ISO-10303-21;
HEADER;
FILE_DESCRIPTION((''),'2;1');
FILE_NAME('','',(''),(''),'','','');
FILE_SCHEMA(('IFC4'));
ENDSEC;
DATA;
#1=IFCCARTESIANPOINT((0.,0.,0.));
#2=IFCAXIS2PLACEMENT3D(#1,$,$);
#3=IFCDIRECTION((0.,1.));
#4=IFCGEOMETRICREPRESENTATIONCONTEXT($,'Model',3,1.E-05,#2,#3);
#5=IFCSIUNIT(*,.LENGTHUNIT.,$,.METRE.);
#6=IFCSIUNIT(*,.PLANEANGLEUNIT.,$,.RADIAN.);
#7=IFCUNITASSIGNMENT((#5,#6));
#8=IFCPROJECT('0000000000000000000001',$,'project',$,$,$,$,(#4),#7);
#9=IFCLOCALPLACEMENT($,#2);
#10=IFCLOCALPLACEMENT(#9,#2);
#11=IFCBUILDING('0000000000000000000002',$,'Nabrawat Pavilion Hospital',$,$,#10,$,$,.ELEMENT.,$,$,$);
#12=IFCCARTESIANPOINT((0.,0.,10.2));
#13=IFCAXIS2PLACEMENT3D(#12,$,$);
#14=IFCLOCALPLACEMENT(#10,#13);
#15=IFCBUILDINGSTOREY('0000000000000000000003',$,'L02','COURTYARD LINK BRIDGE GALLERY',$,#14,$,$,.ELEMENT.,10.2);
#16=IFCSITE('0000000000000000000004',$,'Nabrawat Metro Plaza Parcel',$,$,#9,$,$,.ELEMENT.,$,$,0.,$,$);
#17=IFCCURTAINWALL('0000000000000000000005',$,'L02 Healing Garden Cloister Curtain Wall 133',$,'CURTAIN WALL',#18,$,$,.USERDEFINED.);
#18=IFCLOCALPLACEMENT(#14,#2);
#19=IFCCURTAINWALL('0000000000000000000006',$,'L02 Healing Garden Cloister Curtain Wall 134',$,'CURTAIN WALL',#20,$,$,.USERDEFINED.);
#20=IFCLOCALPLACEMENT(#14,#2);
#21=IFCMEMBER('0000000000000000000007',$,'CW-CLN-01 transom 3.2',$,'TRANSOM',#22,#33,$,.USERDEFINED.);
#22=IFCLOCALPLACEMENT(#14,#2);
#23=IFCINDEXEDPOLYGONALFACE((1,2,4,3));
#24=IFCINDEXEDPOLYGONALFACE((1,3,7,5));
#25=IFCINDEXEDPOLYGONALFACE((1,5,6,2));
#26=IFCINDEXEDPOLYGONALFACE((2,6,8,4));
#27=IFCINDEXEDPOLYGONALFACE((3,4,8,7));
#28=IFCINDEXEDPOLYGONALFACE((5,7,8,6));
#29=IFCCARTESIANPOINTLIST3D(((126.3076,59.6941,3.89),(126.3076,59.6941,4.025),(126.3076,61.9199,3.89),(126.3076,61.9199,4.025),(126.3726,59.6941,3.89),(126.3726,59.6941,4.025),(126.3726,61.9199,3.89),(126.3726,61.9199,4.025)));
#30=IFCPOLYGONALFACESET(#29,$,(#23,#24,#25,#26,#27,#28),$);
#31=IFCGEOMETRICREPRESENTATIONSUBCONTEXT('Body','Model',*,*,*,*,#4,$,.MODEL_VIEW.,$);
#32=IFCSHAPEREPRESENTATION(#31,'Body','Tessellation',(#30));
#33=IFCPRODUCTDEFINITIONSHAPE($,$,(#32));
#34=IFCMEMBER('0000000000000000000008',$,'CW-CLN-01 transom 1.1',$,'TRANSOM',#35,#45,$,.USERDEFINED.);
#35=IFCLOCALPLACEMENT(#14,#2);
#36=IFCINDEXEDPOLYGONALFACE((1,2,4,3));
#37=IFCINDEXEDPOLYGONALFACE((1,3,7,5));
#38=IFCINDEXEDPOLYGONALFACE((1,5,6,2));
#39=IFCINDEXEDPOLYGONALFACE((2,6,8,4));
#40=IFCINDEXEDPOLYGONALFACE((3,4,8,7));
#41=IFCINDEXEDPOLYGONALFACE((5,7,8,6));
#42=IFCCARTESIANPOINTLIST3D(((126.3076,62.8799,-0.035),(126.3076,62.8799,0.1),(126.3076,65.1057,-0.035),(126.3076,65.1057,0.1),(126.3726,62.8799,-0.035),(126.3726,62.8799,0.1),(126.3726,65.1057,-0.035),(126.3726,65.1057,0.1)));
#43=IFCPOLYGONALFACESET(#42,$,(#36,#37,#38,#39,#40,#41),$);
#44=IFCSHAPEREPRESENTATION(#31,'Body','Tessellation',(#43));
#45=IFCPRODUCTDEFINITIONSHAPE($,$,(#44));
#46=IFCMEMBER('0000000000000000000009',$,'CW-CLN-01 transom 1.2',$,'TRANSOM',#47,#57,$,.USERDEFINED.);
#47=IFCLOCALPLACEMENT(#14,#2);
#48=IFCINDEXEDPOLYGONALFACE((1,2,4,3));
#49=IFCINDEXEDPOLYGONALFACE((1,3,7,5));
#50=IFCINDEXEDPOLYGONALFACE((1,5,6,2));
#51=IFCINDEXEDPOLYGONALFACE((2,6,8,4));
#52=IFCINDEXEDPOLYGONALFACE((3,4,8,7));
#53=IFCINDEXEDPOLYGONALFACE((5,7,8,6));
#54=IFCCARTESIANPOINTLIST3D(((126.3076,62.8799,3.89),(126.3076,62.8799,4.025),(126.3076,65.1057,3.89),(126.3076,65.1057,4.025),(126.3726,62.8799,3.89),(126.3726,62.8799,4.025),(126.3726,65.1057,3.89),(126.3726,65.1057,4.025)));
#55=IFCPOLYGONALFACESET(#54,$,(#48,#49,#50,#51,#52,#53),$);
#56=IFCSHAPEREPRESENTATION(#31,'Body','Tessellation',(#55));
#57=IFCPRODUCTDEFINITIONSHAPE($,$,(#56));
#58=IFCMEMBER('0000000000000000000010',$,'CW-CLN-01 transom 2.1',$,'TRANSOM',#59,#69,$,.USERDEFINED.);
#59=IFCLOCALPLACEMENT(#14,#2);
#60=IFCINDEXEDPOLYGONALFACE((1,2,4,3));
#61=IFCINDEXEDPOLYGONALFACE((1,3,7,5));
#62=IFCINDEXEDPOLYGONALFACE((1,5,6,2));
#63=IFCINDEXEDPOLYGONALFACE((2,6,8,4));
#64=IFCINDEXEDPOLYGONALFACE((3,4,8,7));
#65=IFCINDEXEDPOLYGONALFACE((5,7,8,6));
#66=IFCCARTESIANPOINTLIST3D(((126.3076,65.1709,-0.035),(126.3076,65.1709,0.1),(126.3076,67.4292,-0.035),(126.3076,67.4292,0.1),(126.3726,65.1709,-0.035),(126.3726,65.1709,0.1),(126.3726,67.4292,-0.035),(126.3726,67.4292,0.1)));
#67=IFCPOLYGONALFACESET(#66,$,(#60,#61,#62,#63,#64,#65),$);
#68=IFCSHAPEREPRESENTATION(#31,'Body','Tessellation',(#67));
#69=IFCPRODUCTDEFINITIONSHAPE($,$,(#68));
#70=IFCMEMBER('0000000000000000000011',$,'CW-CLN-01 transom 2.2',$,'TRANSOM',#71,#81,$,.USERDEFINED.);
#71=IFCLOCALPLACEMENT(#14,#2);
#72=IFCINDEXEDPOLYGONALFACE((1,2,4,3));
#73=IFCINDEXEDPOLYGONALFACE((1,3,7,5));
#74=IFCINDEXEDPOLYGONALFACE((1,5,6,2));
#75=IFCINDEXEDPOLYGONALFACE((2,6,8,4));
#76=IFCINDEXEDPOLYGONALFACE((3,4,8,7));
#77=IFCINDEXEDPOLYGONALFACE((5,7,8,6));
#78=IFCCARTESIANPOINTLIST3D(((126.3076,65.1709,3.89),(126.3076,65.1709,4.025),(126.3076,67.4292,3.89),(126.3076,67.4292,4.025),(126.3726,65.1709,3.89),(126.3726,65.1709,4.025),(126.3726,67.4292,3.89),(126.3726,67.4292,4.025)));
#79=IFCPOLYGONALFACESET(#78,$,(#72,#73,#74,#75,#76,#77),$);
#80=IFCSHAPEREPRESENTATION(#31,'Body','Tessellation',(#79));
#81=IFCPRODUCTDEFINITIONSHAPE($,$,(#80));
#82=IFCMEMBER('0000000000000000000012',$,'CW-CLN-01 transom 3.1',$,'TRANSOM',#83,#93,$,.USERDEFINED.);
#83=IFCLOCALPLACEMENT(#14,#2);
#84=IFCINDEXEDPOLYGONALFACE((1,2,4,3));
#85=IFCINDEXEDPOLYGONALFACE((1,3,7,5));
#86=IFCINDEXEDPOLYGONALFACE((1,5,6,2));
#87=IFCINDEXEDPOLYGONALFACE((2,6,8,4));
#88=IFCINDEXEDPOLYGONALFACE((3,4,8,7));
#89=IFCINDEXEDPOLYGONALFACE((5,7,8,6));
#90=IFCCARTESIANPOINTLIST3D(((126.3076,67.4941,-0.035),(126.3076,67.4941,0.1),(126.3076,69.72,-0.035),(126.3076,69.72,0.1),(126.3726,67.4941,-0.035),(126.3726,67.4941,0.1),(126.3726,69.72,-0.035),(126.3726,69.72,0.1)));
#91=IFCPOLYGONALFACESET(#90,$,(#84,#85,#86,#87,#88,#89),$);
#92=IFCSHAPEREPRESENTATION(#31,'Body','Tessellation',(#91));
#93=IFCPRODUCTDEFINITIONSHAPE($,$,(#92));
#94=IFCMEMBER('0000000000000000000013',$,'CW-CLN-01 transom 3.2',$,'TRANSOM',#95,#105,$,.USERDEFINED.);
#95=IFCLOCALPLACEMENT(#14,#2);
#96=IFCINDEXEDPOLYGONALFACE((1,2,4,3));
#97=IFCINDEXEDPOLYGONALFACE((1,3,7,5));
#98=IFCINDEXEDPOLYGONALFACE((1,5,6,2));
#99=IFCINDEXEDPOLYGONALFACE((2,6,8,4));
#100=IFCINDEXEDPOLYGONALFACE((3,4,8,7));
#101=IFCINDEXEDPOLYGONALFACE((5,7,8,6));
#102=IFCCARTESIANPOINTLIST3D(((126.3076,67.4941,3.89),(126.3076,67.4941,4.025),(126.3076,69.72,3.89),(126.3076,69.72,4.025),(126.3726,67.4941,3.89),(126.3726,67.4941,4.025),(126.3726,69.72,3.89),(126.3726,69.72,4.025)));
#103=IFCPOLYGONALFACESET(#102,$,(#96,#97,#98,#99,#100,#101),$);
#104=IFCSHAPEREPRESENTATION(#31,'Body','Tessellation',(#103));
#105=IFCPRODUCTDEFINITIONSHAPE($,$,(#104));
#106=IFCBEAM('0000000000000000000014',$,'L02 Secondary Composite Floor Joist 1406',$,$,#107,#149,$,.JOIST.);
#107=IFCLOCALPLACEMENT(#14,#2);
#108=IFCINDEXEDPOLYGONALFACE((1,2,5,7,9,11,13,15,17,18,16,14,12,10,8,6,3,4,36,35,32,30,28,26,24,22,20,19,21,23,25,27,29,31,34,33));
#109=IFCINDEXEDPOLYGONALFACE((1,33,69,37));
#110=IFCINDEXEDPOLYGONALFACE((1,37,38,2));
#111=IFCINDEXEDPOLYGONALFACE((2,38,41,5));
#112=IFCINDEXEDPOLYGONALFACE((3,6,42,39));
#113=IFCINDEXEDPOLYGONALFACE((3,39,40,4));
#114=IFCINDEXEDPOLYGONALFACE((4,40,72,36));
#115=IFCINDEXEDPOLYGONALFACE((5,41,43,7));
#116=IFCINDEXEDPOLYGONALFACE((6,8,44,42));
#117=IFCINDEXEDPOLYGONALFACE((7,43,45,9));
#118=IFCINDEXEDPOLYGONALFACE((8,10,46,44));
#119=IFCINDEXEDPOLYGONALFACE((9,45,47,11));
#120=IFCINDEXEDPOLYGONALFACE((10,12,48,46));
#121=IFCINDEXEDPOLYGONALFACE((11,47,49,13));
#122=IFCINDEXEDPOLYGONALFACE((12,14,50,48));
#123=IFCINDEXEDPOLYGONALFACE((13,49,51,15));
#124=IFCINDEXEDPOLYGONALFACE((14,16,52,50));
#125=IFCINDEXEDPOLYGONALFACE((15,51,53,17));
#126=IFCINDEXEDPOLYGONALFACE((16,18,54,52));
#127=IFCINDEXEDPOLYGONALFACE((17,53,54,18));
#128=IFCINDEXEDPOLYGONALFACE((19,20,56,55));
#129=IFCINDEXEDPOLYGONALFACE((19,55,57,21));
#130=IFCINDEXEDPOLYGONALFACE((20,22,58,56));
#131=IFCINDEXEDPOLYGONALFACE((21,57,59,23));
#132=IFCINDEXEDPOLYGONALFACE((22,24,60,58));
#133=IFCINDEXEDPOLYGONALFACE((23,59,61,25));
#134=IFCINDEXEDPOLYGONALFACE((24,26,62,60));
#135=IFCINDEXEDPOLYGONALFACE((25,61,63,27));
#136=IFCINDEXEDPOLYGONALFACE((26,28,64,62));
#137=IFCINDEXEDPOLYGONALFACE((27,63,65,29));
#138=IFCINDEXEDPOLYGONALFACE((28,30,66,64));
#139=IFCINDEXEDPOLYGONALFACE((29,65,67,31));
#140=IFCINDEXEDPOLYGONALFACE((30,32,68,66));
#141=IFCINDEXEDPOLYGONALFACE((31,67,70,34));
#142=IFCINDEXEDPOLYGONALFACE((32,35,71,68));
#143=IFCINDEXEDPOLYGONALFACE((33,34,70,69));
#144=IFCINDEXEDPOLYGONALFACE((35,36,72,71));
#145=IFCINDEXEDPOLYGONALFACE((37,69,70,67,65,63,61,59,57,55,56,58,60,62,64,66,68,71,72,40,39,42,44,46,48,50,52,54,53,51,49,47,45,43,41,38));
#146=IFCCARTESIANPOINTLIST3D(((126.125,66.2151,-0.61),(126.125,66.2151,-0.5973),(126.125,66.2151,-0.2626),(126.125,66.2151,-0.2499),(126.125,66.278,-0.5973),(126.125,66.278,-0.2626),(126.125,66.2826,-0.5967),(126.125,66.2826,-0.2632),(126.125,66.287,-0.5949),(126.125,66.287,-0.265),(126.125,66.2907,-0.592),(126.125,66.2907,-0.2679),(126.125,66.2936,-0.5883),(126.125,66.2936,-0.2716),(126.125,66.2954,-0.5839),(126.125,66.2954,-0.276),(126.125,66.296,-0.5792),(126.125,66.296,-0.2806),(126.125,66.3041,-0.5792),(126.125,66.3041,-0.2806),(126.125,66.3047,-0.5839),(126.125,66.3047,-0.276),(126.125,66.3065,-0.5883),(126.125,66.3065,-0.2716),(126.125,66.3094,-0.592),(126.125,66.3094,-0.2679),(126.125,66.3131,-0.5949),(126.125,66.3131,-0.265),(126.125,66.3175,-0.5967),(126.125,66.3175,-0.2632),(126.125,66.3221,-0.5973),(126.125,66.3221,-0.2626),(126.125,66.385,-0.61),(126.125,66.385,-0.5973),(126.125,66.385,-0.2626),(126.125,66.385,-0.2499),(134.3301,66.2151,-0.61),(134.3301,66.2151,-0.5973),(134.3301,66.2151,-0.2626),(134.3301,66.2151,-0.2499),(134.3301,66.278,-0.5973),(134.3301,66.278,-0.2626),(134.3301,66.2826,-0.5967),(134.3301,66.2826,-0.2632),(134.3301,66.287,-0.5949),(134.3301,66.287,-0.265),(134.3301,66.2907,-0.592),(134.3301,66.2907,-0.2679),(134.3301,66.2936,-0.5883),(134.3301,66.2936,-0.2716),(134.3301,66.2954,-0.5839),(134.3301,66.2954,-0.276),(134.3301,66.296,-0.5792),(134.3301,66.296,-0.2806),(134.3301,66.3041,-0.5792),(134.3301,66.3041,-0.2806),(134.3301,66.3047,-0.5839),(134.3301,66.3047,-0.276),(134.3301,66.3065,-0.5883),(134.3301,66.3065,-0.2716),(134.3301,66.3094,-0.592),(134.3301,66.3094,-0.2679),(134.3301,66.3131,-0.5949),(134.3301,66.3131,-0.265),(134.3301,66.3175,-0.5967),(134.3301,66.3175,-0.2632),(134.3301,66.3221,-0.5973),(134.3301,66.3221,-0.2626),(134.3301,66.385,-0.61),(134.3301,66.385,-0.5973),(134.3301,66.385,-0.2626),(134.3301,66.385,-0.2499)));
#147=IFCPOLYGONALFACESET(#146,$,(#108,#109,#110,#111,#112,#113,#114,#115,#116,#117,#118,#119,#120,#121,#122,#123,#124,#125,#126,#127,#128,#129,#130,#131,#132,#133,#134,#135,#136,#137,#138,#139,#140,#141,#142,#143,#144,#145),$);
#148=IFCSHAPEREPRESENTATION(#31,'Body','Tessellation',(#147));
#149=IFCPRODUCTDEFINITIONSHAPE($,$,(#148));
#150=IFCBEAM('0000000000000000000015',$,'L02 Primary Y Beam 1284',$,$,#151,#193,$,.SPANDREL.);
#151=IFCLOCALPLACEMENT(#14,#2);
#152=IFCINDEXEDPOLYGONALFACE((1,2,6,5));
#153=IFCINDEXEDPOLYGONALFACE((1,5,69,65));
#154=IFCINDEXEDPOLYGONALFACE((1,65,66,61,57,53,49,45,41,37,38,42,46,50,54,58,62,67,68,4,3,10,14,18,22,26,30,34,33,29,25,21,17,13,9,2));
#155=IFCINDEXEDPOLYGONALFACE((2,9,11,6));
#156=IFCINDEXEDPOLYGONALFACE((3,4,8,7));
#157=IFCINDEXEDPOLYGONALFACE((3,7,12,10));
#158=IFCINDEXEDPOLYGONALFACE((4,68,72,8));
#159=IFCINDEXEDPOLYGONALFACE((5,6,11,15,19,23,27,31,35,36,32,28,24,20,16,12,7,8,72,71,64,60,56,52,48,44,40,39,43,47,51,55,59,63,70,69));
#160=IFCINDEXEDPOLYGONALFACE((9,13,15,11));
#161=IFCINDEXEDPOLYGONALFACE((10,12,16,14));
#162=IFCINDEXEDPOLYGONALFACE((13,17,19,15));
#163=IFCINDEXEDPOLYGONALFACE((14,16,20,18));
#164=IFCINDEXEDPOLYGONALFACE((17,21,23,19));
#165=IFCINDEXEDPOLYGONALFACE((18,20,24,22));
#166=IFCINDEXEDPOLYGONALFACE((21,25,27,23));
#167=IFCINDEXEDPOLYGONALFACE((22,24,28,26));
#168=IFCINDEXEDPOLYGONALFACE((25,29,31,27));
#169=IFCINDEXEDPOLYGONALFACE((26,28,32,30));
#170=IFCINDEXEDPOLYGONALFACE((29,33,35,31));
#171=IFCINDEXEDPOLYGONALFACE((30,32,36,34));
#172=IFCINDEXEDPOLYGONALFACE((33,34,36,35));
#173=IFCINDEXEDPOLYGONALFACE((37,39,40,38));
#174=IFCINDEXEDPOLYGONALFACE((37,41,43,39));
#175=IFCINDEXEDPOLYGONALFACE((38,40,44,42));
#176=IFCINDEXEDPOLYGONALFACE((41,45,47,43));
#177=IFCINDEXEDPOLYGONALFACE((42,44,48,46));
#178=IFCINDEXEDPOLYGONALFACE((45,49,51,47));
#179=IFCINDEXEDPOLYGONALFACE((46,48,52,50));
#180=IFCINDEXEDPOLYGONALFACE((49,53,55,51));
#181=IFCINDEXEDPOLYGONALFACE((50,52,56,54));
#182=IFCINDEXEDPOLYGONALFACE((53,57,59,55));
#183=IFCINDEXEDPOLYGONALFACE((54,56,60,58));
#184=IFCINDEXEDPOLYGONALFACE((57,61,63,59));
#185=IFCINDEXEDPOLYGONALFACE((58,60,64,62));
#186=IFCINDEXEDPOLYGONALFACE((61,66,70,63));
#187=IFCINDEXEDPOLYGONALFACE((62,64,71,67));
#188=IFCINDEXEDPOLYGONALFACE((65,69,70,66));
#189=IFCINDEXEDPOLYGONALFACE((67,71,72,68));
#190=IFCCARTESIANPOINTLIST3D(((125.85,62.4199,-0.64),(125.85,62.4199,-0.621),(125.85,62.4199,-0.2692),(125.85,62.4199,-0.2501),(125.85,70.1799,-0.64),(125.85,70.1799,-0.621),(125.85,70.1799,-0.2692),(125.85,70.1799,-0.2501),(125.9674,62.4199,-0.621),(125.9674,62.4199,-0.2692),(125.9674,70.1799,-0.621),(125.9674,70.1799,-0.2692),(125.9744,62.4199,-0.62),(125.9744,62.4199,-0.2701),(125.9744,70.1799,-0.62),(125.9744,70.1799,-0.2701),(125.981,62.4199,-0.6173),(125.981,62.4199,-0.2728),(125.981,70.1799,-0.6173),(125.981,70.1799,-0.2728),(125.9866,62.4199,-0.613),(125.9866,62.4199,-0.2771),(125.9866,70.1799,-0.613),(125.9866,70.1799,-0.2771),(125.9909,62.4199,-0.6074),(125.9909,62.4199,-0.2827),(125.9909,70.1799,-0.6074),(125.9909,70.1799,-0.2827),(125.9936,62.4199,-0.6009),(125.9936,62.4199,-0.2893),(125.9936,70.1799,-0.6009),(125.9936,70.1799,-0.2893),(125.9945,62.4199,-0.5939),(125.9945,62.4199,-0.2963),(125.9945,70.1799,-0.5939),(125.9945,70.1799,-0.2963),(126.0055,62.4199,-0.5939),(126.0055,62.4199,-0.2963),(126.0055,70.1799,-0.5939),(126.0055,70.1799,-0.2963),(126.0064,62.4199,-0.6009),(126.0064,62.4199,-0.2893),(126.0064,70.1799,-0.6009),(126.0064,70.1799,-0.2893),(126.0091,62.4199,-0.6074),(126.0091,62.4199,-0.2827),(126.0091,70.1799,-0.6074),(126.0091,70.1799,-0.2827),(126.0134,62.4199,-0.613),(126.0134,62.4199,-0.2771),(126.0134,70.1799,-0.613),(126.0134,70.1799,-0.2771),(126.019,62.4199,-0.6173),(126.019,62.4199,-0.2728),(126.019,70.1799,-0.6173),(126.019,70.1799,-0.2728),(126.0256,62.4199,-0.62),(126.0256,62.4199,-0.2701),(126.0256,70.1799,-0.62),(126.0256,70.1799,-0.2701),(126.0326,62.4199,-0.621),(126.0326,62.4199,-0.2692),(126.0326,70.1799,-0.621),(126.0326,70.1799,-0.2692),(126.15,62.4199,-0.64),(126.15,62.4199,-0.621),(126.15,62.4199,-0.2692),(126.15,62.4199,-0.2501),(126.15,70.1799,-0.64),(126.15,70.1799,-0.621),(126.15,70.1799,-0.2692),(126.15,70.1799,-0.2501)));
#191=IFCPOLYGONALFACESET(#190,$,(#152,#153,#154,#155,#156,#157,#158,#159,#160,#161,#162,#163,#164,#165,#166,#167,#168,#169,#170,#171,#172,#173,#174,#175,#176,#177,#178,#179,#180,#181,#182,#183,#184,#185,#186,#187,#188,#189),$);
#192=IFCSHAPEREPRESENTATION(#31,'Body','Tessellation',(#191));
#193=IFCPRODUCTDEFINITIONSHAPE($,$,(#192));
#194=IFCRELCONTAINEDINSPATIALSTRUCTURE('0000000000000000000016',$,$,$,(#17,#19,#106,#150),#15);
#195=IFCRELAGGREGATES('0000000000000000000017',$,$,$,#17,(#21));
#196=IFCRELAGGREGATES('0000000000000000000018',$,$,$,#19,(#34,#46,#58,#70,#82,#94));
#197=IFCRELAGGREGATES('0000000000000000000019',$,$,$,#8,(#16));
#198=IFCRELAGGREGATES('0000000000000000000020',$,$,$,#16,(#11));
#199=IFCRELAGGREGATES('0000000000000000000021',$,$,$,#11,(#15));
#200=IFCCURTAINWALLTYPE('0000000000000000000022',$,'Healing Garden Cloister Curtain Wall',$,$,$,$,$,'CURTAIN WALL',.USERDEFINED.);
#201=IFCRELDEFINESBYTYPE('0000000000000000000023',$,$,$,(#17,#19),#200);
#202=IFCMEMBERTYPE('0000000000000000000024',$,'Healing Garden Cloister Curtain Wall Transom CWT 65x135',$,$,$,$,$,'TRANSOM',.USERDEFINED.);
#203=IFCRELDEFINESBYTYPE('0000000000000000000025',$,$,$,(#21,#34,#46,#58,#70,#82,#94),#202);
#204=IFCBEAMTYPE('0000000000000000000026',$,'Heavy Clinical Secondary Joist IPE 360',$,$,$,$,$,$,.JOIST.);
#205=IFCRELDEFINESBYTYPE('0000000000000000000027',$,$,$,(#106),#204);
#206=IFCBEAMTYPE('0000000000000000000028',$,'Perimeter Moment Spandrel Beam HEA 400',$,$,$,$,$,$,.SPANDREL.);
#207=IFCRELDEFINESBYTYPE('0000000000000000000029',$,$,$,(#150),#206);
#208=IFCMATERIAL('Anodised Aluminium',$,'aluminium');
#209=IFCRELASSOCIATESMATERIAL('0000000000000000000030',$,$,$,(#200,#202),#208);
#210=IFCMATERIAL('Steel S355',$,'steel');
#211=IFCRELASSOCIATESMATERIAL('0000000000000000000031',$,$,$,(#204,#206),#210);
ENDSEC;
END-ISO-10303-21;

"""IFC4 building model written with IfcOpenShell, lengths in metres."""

from ifc_helpers import new_model, si_unit, direction, frame, origin, origin_2d, place, context, subcontext, project, spatial, rectangle, i_section, extrude, material, material_profile, profile_set, type_object, element, aggregate, save


model = new_model("IFC4")

# Units and contexts
model_context = context("Model", 3, precision=1e-05, world=origin(), true_north=direction((0.0, 1.0)))
body_context = subcontext(model_context, "Body", "Model", "MODEL_VIEW")
ifc_project = project(units=[si_unit("LENGTHUNIT", "METRE"), si_unit("PLANEANGLEUNIT", "RADIAN")], contexts=[model_context])

# Site, building, storey
site_placement = place(None, origin())
site = spatial("IfcSite", under=ifc_project, at=site_placement, Name="Nabrawat Metro Plaza Parcel", CompositionType="ELEMENT", RefElevation=0.0)
building_placement = place(site_placement, origin())
building = spatial("IfcBuilding", under=site, at=building_placement, Name="Nabrawat Pavilion Hospital", CompositionType="ELEMENT")
storey_placement = place(building_placement, frame((0.0, 0.0, 10.2)))
storey = spatial("IfcBuildingStorey", under=building, at=storey_placement, Name="L02", Description="COURTYARD LINK BRIDGE GALLERY", CompositionType="ELEMENT", Elevation=10.2)

# Shared definitions
ifc_material_1 = material(Name="Steel S355", Category="steel")

# Curtain walls
ifc_material_2 = material(Name="Anodised Aluminium", Category="aluminium")
curtain_wall_type = type_object("IfcCurtainWallType", Name="Healing Garden Cloister Curtain Wall", ElementType="CURTAIN WALL", PredefinedType="USERDEFINED", material=ifc_material_2)
curtain_wall_1_placement = place(storey_placement, origin())
curtain_wall_1 = element("IfcCurtainWall", 1, at=curtain_wall_1_placement, inside=storey, type_object=curtain_wall_type, Name="L02 Healing Garden Cloister Curtain Wall 133", ObjectType="CURTAIN WALL", PredefinedType="USERDEFINED")
curtain_wall_2_placement = place(storey_placement, origin())
curtain_wall_2 = element("IfcCurtainWall", 2, at=curtain_wall_2_placement, inside=storey, type_object=curtain_wall_type, Name="L02 Healing Garden Cloister Curtain Wall 134", ObjectType="CURTAIN WALL", PredefinedType="USERDEFINED")

# Members
ifc_material_profile_1 = material_profile(ifc_material_2, rectangle(XDim=0.0649, YDim=0.135, at=origin_2d()), Name="CWT 65x135")
ifc_profile_set_1 = profile_set([ifc_material_profile_1], Name="Anodised Aluminium")
member_type_1 = type_object("IfcMemberType", Name="Healing Garden Cloister Curtain Wall Transom CWT 65x135", ElementType="TRANSOM", PredefinedType="USERDEFINED", material=ifc_profile_set_1)
member_1_placement = place(storey_placement, frame((126.3401, 59.6941, 3.9575), z_axis=(0.0, 1.0, 0.0), x_axis=(-1.0, 0.0, 0.0)))
member_1 = element("IfcMember", 3, at=member_1_placement, type_object=member_type_1, Name="CW-CLN-01 transom 3.2", ObjectType="TRANSOM", PredefinedType="USERDEFINED", context=body_context, shape_type="SweptSolid", body=[
    extrude(rectangle(XDim=0.0649, YDim=0.135, at=origin_2d()), origin(), (0.0, 0.0, 1.0), 2.2258),
])
member_2_placement = place(storey_placement, frame((126.3401, 62.8799, 0.0325), z_axis=(0.0, 1.0, 0.0), x_axis=(-1.0, 0.0, 0.0)))
member_2 = element("IfcMember", 4, at=member_2_placement, type_object=member_type_1, Name="CW-CLN-01 transom 1.1", ObjectType="TRANSOM", PredefinedType="USERDEFINED", context=body_context, shape_type="SweptSolid", body=[
    extrude(rectangle(XDim=0.0649, YDim=0.135, at=origin_2d()), origin(), (0.0, 0.0, 1.0), 2.2258),
])
member_3_placement = place(storey_placement, frame((126.3401, 62.8799, 3.9575), z_axis=(0.0, 1.0, 0.0), x_axis=(-1.0, 0.0, 0.0)))
member_3 = element("IfcMember", 5, at=member_3_placement, type_object=member_type_1, Name="CW-CLN-01 transom 1.2", ObjectType="TRANSOM", PredefinedType="USERDEFINED", context=body_context, shape_type="SweptSolid", body=[
    extrude(rectangle(XDim=0.0649, YDim=0.135, at=origin_2d()), origin(), (0.0, 0.0, 1.0), 2.2258),
])
member_4_placement = place(storey_placement, frame((126.3401, 65.1709, 0.0325), z_axis=(0.0, 1.0, 0.0), x_axis=(-1.0, 0.0, 0.0)))
member_4 = element("IfcMember", 6, at=member_4_placement, type_object=member_type_1, Name="CW-CLN-01 transom 2.1", ObjectType="TRANSOM", PredefinedType="USERDEFINED", context=body_context, shape_type="SweptSolid", body=[
    extrude(rectangle(XDim=0.0649, YDim=0.135, at=origin_2d()), origin(), (0.0, 0.0, 1.0), 2.2583),
])
member_5_placement = place(storey_placement, frame((126.3401, 65.1709, 3.9575), z_axis=(0.0, 1.0, 0.0), x_axis=(-1.0, 0.0, 0.0)))
member_5 = element("IfcMember", 7, at=member_5_placement, type_object=member_type_1, Name="CW-CLN-01 transom 2.2", ObjectType="TRANSOM", PredefinedType="USERDEFINED", context=body_context, shape_type="SweptSolid", body=[
    extrude(rectangle(XDim=0.0649, YDim=0.135, at=origin_2d()), origin(), (0.0, 0.0, 1.0), 2.2583),
])
member_6_placement = place(storey_placement, frame((126.3401, 67.4941, 0.0325), z_axis=(0.0, 1.0, 0.0), x_axis=(-1.0, 0.0, 0.0)))
member_6 = element("IfcMember", 8, at=member_6_placement, type_object=member_type_1, Name="CW-CLN-01 transom 3.1", ObjectType="TRANSOM", PredefinedType="USERDEFINED", context=body_context, shape_type="SweptSolid", body=[
    extrude(rectangle(XDim=0.0649, YDim=0.135, at=origin_2d()), origin(), (0.0, 0.0, 1.0), 2.2258),
])
member_7_placement = place(storey_placement, frame((126.3401, 67.4941, 3.9575), z_axis=(0.0, 1.0, 0.0), x_axis=(-1.0, 0.0, 0.0)))
member_7 = element("IfcMember", 9, at=member_7_placement, type_object=member_type_1, Name="CW-CLN-01 transom 3.2", ObjectType="TRANSOM", PredefinedType="USERDEFINED", context=body_context, shape_type="SweptSolid", body=[
    extrude(rectangle(XDim=0.0649, YDim=0.135, at=origin_2d()), origin(), (0.0, 0.0, 1.0), 2.2258),
])

# Beams
ifc_material_profile_2 = material_profile(ifc_material_1, i_section(OverallWidth=0.1699, OverallDepth=0.3601, WebThickness=0.0081, FlangeThickness=0.0127, FilletRadius=0.0181, at=origin_2d()), Name="IPE 360")
ifc_profile_set_2 = profile_set([ifc_material_profile_2], Name="Steel S355")
beam_type_1 = type_object("IfcBeamType", Name="Heavy Clinical Secondary Joist IPE 360", PredefinedType="JOIST", material=ifc_profile_set_2)
beam_1_placement = place(storey_placement, frame((126.125, 66.3, -0.4299), z_axis=(1.0, 0.0, 0.0), x_axis=(0.0, 1.0, 0.0)))
element("IfcBeam", 10, at=beam_1_placement, inside=storey, type_object=beam_type_1, Name="L02 Secondary Composite Floor Joist 1406", PredefinedType="JOIST", context=body_context, shape_type="SweptSolid", body=[
    extrude(i_section(OverallWidth=0.1699, OverallDepth=0.3601, WebThickness=0.0081, FlangeThickness=0.0127, FilletRadius=0.0181, at=origin_2d()), origin(), (0.0, 0.0, 1.0), 8.2051),
])
ifc_material_profile_3 = material_profile(ifc_material_1, i_section(OverallWidth=0.3, OverallDepth=0.3899, WebThickness=0.011, FlangeThickness=0.019, FilletRadius=0.0271, at=origin_2d()), Name="HEA 400")
ifc_profile_set_3 = profile_set([ifc_material_profile_3], Name="Steel S355")
beam_type_2 = type_object("IfcBeamType", Name="Perimeter Moment Spandrel Beam HEA 400", PredefinedType="SPANDREL", material=ifc_profile_set_3)
for number, where, z_axis, x_axis, name in (
    (11, (126.0, 62.4199, -0.4451), (0.0, 1.0, 0.0), (-1.0, 0.0, 0.0), "L02 Primary Y Beam 1284"),
):
    element("IfcBeam", number, at=place(storey_placement, frame(where, z_axis=z_axis, x_axis=x_axis)), inside=storey, type_object=beam_type_2, Name=name, PredefinedType="SPANDREL", context=body_context, shape_type="SweptSolid", body=[
        extrude(i_section(OverallWidth=0.3, OverallDepth=0.3899, WebThickness=0.011, FlangeThickness=0.019, FilletRadius=0.0271, at=origin_2d()), origin(), (0.0, 0.0, 1.0), 7.76),
    ])

aggregate(curtain_wall_1, [member_1])
aggregate(curtain_wall_2, [member_2, member_3, member_4, member_5, member_6, member_7])

save(model, "model.ifc")
